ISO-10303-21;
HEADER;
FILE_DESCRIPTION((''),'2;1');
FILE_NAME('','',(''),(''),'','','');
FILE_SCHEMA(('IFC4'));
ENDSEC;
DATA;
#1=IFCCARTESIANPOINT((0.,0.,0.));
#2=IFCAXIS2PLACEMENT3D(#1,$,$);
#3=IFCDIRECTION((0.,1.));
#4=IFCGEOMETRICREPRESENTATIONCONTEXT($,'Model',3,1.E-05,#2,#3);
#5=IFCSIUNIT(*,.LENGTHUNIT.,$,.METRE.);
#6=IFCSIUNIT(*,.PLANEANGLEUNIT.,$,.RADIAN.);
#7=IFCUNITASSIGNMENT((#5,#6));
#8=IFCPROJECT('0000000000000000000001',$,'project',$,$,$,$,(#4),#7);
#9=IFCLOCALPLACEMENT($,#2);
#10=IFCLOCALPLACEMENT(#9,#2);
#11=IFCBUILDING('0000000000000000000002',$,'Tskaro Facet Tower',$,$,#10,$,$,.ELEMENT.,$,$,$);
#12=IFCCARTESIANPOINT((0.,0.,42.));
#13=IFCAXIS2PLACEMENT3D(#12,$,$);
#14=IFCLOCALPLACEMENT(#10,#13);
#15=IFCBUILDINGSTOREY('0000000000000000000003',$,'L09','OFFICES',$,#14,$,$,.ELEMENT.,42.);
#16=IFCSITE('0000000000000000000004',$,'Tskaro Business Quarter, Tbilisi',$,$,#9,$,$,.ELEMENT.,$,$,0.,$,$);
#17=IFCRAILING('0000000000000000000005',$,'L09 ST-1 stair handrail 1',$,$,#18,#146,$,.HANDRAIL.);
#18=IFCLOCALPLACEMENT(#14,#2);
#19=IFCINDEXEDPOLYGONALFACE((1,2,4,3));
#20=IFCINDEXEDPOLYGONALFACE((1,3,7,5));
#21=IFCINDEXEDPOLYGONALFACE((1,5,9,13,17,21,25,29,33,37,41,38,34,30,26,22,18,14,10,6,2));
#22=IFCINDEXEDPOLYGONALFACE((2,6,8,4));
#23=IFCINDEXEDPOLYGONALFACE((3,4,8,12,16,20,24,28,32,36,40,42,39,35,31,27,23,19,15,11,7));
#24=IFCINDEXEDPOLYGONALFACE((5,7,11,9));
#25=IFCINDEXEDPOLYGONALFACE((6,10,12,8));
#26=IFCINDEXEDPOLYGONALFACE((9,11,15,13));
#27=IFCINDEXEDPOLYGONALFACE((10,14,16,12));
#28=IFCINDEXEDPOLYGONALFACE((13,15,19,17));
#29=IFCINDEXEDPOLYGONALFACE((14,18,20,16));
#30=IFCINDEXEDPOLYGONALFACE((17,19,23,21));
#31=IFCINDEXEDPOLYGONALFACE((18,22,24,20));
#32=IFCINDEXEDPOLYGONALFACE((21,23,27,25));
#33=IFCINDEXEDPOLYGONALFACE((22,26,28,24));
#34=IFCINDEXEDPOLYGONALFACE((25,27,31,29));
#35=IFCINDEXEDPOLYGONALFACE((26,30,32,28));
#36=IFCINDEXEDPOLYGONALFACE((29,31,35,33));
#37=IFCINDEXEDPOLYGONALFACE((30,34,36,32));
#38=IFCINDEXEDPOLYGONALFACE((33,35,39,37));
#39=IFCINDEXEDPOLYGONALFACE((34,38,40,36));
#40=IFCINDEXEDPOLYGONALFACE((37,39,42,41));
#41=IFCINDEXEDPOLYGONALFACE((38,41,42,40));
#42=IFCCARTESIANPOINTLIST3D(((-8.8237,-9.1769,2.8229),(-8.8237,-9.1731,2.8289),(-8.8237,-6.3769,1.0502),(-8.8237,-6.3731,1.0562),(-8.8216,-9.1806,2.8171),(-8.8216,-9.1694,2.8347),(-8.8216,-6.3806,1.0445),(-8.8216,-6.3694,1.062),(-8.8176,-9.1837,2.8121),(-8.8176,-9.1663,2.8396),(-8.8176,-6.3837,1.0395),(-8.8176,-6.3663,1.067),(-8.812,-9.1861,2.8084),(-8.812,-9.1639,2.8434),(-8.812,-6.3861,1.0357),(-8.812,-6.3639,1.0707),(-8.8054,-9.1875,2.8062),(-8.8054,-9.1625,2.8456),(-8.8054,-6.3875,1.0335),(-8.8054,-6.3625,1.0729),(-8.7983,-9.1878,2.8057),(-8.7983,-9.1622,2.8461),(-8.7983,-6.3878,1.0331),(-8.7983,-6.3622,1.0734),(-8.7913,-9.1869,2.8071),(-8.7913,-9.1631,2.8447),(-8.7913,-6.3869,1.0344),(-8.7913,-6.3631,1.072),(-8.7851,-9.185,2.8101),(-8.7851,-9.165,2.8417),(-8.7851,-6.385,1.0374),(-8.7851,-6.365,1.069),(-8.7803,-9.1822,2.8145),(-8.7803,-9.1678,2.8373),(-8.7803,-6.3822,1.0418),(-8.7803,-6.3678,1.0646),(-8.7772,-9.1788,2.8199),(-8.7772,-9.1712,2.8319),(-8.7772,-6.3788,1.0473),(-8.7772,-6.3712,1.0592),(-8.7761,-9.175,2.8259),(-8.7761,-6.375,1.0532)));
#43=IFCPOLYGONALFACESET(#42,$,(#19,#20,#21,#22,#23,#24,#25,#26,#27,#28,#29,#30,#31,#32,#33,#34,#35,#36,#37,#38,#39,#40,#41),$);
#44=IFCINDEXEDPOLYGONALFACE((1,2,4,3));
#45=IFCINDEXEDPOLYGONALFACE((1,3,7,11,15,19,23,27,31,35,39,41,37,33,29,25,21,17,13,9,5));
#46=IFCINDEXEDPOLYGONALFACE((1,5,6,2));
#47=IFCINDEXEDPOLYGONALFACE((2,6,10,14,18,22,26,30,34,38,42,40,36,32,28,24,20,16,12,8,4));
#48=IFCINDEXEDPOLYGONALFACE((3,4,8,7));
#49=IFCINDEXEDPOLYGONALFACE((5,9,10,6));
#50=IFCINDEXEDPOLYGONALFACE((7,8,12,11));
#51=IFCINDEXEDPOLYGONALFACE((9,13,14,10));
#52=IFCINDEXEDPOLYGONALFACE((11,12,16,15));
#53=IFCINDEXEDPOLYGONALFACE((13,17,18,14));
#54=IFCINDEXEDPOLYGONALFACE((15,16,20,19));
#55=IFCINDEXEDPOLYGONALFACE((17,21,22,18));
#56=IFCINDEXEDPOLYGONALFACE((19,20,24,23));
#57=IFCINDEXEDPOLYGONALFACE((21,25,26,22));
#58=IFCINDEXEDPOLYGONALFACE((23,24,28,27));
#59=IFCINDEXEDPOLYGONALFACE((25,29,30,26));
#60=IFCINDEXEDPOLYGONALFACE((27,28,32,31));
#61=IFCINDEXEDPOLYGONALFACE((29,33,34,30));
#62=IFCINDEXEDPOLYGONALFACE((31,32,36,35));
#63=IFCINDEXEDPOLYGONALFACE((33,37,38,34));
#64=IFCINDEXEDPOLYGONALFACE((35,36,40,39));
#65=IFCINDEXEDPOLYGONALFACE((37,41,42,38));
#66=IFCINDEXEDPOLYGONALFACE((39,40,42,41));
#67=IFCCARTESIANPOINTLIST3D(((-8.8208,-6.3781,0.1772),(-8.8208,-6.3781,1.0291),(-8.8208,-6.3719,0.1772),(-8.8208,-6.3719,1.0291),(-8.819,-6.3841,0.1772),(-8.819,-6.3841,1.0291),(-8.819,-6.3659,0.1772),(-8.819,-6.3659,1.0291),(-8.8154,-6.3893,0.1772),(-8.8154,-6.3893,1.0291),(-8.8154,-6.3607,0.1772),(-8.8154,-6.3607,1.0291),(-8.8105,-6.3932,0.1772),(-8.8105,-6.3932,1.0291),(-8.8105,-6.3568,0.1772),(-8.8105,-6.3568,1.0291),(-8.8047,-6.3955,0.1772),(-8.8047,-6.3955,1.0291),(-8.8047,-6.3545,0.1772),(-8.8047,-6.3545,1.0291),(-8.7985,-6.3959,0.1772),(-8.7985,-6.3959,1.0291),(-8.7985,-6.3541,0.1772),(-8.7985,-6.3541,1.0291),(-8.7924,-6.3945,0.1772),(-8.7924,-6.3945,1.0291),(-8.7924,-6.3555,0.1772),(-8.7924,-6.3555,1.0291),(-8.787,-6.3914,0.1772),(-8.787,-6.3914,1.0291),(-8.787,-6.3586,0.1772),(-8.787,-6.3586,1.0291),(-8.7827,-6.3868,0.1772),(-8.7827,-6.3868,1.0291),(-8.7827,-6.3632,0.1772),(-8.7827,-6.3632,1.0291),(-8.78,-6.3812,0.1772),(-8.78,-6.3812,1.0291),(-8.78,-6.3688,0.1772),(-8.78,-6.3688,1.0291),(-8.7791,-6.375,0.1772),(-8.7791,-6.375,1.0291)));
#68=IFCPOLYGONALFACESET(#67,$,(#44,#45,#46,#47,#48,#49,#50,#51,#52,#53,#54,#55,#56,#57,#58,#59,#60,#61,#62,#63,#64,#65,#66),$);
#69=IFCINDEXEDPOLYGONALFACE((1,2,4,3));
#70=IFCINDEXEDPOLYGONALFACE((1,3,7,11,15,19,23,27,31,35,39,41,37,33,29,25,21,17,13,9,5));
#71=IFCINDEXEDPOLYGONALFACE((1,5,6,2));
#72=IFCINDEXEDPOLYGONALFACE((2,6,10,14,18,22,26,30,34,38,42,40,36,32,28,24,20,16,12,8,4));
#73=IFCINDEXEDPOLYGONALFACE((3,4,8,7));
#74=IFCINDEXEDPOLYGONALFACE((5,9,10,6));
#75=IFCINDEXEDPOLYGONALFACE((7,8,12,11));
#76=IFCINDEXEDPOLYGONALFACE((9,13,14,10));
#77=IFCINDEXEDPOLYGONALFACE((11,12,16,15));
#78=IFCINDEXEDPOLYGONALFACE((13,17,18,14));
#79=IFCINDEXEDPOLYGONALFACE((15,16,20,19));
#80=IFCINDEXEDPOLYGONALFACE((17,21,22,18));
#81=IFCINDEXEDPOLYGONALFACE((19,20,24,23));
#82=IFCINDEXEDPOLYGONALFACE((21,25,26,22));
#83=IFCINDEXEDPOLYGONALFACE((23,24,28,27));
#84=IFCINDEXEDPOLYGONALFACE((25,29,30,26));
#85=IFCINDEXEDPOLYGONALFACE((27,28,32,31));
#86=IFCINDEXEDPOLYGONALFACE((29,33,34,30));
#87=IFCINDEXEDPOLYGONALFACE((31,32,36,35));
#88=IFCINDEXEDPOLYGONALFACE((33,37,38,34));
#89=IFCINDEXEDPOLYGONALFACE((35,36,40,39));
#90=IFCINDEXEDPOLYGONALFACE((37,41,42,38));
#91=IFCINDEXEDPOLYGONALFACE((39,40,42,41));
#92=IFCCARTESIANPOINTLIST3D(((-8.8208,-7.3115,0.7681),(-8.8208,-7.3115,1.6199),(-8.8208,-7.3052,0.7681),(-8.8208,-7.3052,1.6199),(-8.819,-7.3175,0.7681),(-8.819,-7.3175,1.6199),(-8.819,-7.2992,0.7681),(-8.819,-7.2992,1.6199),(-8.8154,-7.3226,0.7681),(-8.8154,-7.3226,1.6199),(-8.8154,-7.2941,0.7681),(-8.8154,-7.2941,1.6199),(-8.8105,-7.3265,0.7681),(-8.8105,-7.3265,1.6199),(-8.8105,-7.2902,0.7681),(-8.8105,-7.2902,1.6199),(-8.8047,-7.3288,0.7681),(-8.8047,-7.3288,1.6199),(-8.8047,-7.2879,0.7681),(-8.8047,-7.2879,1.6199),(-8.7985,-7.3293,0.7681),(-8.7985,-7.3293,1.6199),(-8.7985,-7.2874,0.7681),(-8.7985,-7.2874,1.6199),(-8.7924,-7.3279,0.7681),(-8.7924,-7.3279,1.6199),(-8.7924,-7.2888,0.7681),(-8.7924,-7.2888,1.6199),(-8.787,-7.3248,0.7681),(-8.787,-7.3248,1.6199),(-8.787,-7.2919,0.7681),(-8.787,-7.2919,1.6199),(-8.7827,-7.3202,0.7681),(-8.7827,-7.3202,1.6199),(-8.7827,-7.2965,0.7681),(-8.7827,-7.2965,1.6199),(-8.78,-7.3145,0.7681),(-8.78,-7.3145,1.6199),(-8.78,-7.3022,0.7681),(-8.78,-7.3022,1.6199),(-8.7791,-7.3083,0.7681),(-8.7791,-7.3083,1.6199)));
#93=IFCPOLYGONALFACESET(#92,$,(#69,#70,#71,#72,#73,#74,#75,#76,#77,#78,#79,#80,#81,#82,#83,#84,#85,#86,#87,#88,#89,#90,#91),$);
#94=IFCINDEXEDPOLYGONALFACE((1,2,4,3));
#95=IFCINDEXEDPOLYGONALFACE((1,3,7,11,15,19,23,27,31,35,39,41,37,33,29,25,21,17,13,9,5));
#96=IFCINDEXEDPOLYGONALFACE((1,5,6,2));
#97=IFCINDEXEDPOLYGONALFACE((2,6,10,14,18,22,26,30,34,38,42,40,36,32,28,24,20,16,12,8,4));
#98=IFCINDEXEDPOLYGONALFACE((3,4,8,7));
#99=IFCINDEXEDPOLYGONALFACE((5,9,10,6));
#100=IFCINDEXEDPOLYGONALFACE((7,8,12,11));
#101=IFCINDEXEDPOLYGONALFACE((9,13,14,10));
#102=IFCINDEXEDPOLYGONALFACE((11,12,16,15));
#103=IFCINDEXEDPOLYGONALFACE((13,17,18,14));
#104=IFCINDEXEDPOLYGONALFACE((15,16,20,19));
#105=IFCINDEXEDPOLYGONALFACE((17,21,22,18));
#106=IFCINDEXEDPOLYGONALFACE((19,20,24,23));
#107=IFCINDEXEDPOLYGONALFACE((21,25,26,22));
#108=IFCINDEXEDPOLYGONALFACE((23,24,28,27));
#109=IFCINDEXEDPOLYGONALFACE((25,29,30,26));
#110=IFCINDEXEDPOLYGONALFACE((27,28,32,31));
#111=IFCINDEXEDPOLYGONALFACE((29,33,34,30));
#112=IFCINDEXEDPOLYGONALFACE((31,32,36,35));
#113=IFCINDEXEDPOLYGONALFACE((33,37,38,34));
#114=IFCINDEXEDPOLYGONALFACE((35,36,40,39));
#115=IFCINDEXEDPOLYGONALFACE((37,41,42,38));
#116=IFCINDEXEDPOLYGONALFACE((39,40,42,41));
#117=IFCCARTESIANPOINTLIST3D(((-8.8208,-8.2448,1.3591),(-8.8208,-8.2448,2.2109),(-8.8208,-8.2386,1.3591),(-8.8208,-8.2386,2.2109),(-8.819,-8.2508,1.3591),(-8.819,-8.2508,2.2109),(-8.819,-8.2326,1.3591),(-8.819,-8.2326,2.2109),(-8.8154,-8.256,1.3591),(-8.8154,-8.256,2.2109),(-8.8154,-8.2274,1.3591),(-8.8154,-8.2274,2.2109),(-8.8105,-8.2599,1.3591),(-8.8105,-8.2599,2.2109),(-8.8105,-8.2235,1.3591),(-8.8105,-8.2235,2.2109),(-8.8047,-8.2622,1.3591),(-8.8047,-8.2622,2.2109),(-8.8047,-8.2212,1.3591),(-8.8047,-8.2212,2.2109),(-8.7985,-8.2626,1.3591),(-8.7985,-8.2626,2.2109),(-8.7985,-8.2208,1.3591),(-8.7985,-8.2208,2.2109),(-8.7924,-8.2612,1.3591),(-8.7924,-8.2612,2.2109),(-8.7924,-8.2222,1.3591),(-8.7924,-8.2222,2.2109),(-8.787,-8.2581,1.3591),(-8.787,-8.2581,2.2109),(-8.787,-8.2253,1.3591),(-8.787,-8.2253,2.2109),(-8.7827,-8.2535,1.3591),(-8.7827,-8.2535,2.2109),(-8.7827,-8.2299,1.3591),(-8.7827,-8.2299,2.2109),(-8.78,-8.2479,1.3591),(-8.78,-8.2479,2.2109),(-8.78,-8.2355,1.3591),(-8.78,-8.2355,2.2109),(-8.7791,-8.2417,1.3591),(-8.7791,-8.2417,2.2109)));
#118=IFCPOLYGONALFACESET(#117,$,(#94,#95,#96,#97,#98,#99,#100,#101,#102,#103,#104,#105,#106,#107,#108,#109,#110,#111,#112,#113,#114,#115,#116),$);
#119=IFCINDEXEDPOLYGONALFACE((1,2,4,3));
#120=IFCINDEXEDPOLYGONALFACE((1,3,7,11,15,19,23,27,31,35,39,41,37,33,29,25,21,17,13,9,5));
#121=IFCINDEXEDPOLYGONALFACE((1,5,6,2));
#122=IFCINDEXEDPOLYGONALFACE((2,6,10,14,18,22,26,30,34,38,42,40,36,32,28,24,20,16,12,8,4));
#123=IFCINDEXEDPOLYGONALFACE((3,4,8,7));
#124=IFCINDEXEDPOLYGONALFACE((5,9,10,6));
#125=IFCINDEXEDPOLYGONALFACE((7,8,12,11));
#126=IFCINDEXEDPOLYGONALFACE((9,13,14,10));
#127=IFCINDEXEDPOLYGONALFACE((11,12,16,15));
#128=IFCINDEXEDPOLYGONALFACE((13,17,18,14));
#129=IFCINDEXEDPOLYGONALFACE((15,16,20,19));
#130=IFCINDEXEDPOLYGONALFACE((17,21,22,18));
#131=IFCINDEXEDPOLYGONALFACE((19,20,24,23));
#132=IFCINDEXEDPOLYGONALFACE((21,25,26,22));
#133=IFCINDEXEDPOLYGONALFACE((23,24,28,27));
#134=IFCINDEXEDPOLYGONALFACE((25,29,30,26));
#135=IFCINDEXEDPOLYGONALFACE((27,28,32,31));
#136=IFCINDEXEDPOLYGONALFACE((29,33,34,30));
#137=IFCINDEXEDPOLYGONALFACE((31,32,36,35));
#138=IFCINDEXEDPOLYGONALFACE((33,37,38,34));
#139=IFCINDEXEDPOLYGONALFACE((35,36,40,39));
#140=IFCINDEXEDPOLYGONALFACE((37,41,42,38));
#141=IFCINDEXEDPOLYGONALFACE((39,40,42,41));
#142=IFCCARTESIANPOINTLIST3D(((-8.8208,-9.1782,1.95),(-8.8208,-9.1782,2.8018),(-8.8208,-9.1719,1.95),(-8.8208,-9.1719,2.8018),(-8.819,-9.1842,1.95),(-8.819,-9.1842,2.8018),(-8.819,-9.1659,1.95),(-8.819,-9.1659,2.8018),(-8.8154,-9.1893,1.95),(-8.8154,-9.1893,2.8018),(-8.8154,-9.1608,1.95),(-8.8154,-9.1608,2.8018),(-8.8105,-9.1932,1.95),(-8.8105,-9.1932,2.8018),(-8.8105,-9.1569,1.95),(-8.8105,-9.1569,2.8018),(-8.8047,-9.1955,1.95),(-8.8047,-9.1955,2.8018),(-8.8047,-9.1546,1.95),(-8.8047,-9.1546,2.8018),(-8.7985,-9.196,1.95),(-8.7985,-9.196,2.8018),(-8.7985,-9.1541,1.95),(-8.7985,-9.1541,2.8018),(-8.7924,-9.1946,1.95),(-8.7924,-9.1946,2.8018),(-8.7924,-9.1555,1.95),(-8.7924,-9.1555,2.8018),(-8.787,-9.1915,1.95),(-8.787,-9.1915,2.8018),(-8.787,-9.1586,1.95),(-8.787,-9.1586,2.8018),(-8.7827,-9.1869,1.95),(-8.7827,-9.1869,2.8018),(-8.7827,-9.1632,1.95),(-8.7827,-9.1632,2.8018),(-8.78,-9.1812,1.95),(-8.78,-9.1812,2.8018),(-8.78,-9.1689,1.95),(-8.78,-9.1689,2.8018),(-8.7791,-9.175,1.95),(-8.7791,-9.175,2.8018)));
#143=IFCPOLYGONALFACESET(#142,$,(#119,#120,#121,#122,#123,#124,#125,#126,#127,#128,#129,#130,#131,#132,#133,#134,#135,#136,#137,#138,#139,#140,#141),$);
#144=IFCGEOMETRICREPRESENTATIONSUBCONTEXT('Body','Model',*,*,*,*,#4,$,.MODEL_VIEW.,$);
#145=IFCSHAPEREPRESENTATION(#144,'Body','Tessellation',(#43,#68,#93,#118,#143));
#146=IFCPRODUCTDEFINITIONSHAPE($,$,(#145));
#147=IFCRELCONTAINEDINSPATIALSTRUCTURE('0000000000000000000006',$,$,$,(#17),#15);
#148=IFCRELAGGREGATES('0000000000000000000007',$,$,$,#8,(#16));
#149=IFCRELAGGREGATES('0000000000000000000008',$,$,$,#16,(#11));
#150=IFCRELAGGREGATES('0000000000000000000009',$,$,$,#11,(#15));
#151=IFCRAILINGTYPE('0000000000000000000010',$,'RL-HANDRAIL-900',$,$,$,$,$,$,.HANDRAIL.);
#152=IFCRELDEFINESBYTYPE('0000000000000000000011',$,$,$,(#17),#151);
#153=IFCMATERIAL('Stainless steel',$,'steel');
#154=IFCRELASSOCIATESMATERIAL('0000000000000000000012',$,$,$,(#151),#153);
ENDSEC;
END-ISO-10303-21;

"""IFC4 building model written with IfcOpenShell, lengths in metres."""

from ifc_helpers import new_model, si_unit, direction, frame, origin, origin_2d, place, context, subcontext, project, spatial, circle, extrude, material, type_object, element, save


model = new_model("IFC4")

# Units and contexts
model_context = context("Model", 3, precision=1e-05, world=origin(), true_north=direction((0.0, 1.0)))
body_context = subcontext(model_context, "Body", "Model", "MODEL_VIEW")
ifc_project = project(units=[si_unit("LENGTHUNIT", "METRE"), si_unit("PLANEANGLEUNIT", "RADIAN")], contexts=[model_context])

# Site, building, storey
site_placement = place(None, origin())
site = spatial("IfcSite", under=ifc_project, at=site_placement, Name="Tskaro Business Quarter, Tbilisi", CompositionType="ELEMENT", RefElevation=0.0)
building_placement = place(site_placement, origin())
building = spatial("IfcBuilding", under=site, at=building_placement, Name="Tskaro Facet Tower", CompositionType="ELEMENT")
storey_placement = place(building_placement, frame((0.0, 0.0, 42.0)))
storey = spatial("IfcBuildingStorey", under=building, at=storey_placement, Name="L09", Description="OFFICES", CompositionType="ELEMENT", Elevation=42.0)

# Shared definitions
ifc_material_1 = material(Name="Stainless steel", Category="steel")

# Railing
railing_type_1 = type_object("IfcRailingType", Name="RL-HANDRAIL-900", PredefinedType="HANDRAIL", material=ifc_material_1)
railing_1_placement = place(storey_placement, frame((-8.8, -6.375, 0.1772)))
element("IfcRailing", 1, at=railing_1_placement, inside=storey, type_object=railing_type_1, Name="L09 ST-1 stair handrail 1", PredefinedType="HANDRAIL", context=body_context, shape_type="SweptSolid", body=[
    extrude(circle(Radius=0.0239, at=origin_2d()), frame((0.0, 0.0, 0.876), z_axis=(0.0, -0.844909, 0.53491), x_axis=(1.0, 0.0, 0.0)), (0.0, 0.0, 1.0), 3.314),
    extrude(circle(Radius=0.021, at=origin_2d()), origin(), (0.0, 0.0, 1.0), 0.8518),
    extrude(circle(Radius=0.021, at=origin_2d()), frame((0.0, -0.9333, 0.5908)), (0.0, 0.0, 1.0), 0.8518),
    extrude(circle(Radius=0.021, at=origin_2d()), frame((0.0, -1.8667, 1.1819)), (0.0, 0.0, 1.0), 0.8518),
    extrude(circle(Radius=0.021, at=origin_2d()), frame((0.0, -2.8, 1.7727)), (0.0, 0.0, 1.0), 0.8518),
])

save(model, "model.ifc")
